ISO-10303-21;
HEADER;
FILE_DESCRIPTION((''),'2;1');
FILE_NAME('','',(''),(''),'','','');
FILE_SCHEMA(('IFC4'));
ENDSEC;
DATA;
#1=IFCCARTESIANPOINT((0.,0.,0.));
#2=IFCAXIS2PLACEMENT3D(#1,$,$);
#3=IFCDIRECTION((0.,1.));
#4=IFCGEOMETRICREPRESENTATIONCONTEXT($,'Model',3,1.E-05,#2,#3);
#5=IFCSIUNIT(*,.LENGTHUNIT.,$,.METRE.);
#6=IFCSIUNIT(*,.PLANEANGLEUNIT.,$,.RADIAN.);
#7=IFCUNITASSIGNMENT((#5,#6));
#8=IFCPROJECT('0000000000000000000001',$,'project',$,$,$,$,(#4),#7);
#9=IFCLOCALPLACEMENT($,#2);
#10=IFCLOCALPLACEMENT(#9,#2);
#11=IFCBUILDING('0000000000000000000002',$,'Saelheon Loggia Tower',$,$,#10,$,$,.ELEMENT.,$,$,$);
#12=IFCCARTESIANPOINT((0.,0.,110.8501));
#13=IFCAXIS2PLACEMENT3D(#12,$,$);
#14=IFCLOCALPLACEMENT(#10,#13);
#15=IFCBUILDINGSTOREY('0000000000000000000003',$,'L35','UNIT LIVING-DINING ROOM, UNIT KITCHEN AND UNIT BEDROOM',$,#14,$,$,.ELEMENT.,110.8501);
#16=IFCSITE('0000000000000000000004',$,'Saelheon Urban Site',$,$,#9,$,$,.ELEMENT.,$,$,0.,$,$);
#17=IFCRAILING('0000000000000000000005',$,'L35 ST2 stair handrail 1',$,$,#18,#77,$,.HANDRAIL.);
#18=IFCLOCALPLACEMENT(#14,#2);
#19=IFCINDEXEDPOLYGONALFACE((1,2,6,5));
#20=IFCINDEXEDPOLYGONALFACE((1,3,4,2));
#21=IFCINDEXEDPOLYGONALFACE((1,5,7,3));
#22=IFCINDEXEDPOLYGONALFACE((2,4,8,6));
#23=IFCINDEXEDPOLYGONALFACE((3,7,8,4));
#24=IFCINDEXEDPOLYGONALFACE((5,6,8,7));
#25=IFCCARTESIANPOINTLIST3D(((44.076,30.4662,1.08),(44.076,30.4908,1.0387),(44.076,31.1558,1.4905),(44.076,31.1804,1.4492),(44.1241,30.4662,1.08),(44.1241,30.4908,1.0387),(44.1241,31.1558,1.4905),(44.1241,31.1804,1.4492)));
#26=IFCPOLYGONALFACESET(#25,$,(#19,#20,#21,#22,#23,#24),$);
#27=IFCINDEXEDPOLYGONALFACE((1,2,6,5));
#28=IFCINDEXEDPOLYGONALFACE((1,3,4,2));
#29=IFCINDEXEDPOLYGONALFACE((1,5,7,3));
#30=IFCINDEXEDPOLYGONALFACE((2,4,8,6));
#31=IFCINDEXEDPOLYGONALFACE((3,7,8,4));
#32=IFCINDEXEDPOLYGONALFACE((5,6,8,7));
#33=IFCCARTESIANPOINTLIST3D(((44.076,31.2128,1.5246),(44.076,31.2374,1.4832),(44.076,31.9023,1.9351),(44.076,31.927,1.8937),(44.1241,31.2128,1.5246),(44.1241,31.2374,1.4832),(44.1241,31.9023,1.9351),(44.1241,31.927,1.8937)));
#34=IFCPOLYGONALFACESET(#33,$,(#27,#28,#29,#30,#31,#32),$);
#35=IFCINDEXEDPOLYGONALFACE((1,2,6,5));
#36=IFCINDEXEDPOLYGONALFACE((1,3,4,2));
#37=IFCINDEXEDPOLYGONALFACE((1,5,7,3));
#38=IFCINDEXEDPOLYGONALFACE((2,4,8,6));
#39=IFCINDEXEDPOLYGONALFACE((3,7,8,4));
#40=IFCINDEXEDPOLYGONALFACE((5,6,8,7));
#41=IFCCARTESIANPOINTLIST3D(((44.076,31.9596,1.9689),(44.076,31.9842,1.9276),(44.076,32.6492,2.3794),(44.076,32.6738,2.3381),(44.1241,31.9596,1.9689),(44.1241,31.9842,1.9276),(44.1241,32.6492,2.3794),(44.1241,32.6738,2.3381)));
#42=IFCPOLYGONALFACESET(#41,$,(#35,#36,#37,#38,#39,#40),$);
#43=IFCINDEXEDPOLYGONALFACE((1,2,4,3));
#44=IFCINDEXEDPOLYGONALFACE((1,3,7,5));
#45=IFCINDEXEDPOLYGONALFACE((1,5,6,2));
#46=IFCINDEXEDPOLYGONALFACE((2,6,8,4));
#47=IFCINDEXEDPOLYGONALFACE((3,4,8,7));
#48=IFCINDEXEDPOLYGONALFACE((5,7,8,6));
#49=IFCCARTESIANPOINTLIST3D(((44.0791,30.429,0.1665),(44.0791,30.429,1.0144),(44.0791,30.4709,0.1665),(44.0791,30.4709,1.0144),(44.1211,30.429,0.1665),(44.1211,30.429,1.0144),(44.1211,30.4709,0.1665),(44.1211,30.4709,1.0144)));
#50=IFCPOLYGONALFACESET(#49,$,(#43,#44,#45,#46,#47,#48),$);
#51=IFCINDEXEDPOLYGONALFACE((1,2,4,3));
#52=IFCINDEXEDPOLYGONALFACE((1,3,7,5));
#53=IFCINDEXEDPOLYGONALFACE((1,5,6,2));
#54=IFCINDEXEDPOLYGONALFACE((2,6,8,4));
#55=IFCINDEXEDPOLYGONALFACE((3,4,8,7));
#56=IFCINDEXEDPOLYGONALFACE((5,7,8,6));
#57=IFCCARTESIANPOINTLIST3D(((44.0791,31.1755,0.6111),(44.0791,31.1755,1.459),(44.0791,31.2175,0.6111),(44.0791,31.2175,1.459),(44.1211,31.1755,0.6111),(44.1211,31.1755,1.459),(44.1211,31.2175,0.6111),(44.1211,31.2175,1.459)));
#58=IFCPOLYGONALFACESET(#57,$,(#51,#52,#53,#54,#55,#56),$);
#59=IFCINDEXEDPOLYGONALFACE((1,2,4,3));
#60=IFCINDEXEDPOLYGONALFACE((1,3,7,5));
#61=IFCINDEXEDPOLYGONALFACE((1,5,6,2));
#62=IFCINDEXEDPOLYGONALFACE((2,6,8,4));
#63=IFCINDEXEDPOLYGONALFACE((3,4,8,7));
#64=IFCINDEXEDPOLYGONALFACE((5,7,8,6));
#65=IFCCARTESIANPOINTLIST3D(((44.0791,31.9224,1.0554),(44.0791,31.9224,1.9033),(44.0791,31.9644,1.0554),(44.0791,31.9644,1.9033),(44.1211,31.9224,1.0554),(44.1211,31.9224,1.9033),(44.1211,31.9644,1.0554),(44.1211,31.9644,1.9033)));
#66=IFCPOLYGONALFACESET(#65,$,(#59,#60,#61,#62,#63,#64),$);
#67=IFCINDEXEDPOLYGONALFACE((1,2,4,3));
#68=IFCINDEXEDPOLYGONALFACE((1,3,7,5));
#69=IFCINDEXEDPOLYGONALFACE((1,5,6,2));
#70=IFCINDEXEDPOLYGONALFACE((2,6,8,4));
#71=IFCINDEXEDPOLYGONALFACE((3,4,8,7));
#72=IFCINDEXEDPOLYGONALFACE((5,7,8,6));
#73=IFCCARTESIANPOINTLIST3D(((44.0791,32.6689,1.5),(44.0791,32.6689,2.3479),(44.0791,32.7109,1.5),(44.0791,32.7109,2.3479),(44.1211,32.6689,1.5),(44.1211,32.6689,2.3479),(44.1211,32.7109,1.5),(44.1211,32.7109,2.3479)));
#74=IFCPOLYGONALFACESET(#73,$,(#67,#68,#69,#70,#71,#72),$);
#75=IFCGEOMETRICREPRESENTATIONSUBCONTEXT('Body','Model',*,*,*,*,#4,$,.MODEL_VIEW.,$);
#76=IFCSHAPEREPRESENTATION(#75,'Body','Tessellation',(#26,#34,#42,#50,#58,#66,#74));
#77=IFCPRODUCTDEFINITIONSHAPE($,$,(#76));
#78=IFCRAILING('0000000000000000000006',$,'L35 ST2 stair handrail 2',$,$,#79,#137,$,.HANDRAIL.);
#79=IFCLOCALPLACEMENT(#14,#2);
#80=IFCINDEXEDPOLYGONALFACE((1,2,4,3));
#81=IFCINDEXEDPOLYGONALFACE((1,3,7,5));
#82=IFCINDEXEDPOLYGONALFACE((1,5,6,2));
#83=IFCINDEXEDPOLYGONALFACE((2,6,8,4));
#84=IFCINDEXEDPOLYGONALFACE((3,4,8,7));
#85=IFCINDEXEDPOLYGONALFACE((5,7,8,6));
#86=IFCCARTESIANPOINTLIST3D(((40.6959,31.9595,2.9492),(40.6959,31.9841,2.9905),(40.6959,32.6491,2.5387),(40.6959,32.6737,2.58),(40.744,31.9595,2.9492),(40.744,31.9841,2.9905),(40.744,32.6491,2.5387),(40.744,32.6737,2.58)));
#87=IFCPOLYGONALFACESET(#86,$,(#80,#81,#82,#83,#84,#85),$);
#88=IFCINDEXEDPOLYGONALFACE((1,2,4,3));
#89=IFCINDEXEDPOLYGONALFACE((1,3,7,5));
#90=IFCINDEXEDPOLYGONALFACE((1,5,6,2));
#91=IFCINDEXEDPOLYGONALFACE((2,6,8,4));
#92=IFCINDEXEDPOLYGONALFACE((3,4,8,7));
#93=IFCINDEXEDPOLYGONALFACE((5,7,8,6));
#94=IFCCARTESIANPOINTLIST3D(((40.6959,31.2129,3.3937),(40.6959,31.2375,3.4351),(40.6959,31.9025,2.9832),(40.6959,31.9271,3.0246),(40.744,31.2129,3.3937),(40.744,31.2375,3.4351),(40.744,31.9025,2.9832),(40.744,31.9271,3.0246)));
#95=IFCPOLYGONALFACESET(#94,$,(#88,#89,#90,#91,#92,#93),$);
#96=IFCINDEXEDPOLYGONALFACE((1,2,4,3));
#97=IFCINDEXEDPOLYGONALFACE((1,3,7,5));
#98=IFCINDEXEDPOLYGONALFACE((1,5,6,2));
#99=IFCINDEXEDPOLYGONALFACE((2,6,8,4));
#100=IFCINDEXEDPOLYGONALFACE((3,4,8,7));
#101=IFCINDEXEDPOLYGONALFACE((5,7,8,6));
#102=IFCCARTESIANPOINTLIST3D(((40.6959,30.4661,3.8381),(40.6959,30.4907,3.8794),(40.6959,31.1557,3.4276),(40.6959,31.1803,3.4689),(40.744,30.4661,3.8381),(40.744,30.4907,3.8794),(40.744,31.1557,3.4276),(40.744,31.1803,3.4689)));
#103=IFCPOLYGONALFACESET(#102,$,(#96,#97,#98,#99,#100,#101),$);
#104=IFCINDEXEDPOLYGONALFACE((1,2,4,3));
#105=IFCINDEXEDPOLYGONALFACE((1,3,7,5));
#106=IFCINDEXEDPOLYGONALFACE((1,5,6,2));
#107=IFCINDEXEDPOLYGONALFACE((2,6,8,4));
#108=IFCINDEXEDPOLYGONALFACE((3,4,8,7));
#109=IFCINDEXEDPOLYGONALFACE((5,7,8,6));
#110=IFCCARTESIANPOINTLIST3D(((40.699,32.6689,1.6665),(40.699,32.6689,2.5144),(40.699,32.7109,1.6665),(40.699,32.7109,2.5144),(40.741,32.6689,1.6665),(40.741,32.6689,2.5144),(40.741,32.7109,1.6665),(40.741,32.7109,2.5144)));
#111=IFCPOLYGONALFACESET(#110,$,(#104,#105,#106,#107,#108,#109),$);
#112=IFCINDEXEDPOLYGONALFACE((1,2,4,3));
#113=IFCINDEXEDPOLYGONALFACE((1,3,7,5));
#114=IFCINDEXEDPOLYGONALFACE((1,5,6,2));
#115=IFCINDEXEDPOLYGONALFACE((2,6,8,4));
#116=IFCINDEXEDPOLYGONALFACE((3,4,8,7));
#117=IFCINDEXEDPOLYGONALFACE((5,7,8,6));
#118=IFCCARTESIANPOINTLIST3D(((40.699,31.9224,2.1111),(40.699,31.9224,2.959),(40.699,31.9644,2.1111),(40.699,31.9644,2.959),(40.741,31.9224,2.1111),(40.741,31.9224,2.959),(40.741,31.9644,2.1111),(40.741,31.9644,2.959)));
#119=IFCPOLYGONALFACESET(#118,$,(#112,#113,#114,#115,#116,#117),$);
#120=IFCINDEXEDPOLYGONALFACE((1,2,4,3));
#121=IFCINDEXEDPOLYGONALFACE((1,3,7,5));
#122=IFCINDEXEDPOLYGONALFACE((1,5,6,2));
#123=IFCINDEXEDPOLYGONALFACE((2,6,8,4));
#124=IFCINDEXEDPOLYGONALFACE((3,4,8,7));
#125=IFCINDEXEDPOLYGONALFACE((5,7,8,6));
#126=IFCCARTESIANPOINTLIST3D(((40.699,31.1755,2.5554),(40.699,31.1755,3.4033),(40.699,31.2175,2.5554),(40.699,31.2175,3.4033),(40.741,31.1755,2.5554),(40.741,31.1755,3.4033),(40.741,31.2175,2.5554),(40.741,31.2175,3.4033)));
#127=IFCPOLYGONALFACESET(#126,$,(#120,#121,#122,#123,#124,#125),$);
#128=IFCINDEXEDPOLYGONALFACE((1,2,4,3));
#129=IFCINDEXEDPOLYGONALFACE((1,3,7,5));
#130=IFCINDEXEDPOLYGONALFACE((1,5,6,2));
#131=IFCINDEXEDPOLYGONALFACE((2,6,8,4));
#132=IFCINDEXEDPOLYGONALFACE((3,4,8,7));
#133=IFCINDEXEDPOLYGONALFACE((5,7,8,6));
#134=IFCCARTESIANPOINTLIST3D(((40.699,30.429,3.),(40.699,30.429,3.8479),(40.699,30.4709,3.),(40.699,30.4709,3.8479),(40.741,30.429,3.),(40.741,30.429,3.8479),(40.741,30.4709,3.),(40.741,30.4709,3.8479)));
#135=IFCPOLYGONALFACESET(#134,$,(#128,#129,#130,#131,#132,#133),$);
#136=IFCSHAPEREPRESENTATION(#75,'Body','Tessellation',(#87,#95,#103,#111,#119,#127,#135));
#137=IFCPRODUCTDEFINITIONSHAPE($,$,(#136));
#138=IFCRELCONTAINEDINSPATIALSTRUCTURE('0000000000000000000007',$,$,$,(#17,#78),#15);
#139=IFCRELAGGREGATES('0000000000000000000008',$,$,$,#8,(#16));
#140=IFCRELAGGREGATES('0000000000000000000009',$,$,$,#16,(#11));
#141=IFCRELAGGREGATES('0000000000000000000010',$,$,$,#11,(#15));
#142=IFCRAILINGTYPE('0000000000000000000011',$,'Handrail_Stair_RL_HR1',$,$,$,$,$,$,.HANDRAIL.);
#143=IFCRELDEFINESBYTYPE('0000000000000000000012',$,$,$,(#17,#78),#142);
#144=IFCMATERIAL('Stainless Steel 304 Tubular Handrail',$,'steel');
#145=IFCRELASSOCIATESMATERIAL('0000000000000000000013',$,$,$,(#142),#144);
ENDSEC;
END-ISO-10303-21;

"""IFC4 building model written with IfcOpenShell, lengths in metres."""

from ifc_helpers import new_model, si_unit, direction, frame, origin, origin_2d, place, context, subcontext, project, spatial, rectangle, extrude, material, type_object, element, save


model = new_model("IFC4")

# Units and contexts
model_context = context("Model", 3, precision=1e-05, world=origin(), true_north=direction((0.0, 1.0)))
body_context = subcontext(model_context, "Body", "Model", "MODEL_VIEW")
ifc_project = project(units=[si_unit("LENGTHUNIT", "METRE"), si_unit("PLANEANGLEUNIT", "RADIAN")], contexts=[model_context])

# Site, building, storey
site_placement = place(None, origin())
site = spatial("IfcSite", under=ifc_project, at=site_placement, Name="Saelheon Urban Site", CompositionType="ELEMENT", RefElevation=0.0)
building_placement = place(site_placement, origin())
building = spatial("IfcBuilding", under=site, at=building_placement, Name="Saelheon Loggia Tower", CompositionType="ELEMENT")
storey_placement = place(building_placement, frame((0.0, 0.0, 110.8501)))
storey = spatial("IfcBuildingStorey", under=building, at=storey_placement, Name="L35", Description="UNIT LIVING-DINING ROOM, UNIT KITCHEN AND UNIT BEDROOM", CompositionType="ELEMENT", Elevation=110.8501)

# Railings
ifc_material_1 = material(Name="Stainless Steel 304 Tubular Handrail", Category="steel")
railing_type_1 = type_object("IfcRailingType", Name="Handrail_Stair_RL_HR1", PredefinedType="HANDRAIL", material=ifc_material_1)
railing_1_placement = place(storey_placement, frame((44.1001, 30.45, 0.1665)))
element("IfcRailing", 1, at=railing_1_placement, inside=storey, type_object=railing_type_1, Name="L35 ST2 stair handrail 1", PredefinedType="HANDRAIL", context=body_context, shape_type="SweptSolid", body=[
    extrude(rectangle(XDim=0.0481, YDim=0.0481, at=origin_2d()), frame((0.0, 0.0286, 0.8928), z_axis=(0.0, 0.859264, 0.511532), x_axis=(-1.0, 0.0, 0.0)), (0.0, 0.0, 1.0), 0.8025),
    extrude(rectangle(XDim=0.0481, YDim=0.0481, at=origin_2d()), frame((0.0, 0.7751, 1.3374), z_axis=(0.0, 0.859264, 0.511532), x_axis=(-1.0, 0.0, 0.0)), (0.0, 0.0, 1.0), 0.8025),
    extrude(rectangle(XDim=0.0481, YDim=0.0481, at=origin_2d()), frame((0.0, 1.522, 1.7817), z_axis=(0.0, 0.859264, 0.511532), x_axis=(-1.0, 0.0, 0.0)), (0.0, 0.0, 1.0), 0.8025),
    extrude(rectangle(XDim=0.042, YDim=0.042, at=origin_2d()), origin(), (0.0, 0.0, 1.0), 0.8479),
    extrude(rectangle(XDim=0.042, YDim=0.042, at=origin_2d()), frame((0.0, 0.7466, 0.4446)), (0.0, 0.0, 1.0), 0.8479),
    extrude(rectangle(XDim=0.042, YDim=0.042, at=origin_2d()), frame((0.0, 1.4934, 0.8889)), (0.0, 0.0, 1.0), 0.8479),
    extrude(rectangle(XDim=0.042, YDim=0.042, at=origin_2d()), frame((0.0, 2.24, 1.3335)), (0.0, 0.0, 1.0), 0.8479),
])
railing_2_placement = place(storey_placement, frame((40.72, 32.6899, 1.6665)))
element("IfcRailing", 2, at=railing_2_placement, inside=storey, type_object=railing_type_1, Name="L35 ST2 stair handrail 2", PredefinedType="HANDRAIL", context=body_context, shape_type="SweptSolid", body=[
    extrude(rectangle(XDim=0.0481, YDim=0.0481, at=origin_2d()), frame((0.0, -0.0286, 0.8928), z_axis=(0.0, -0.859264, 0.511532), x_axis=(1.0, 0.0, 0.0)), (0.0, 0.0, 1.0), 0.8025),
    extrude(rectangle(XDim=0.0481, YDim=0.0481, at=origin_2d()), frame((0.0, -0.7751, 1.3374), z_axis=(0.0, -0.859264, 0.511532), x_axis=(1.0, 0.0, 0.0)), (0.0, 0.0, 1.0), 0.8025),
    extrude(rectangle(XDim=0.0481, YDim=0.0481, at=origin_2d()), frame((0.0, -1.522, 1.7817), z_axis=(0.0, -0.859264, 0.511532), x_axis=(1.0, 0.0, 0.0)), (0.0, 0.0, 1.0), 0.8025),
    extrude(rectangle(XDim=0.042, YDim=0.042, at=origin_2d()), origin(), (0.0, 0.0, 1.0), 0.8479),
    extrude(rectangle(XDim=0.042, YDim=0.042, at=origin_2d()), frame((0.0, -0.7466, 0.4446)), (0.0, 0.0, 1.0), 0.8479),
    extrude(rectangle(XDim=0.042, YDim=0.042, at=origin_2d()), frame((0.0, -1.4934, 0.8889)), (0.0, 0.0, 1.0), 0.8479),
    extrude(rectangle(XDim=0.042, YDim=0.042, at=origin_2d()), frame((0.0, -2.24, 1.3335)), (0.0, 0.0, 1.0), 0.8479),
])

save(model, "model.ifc")
